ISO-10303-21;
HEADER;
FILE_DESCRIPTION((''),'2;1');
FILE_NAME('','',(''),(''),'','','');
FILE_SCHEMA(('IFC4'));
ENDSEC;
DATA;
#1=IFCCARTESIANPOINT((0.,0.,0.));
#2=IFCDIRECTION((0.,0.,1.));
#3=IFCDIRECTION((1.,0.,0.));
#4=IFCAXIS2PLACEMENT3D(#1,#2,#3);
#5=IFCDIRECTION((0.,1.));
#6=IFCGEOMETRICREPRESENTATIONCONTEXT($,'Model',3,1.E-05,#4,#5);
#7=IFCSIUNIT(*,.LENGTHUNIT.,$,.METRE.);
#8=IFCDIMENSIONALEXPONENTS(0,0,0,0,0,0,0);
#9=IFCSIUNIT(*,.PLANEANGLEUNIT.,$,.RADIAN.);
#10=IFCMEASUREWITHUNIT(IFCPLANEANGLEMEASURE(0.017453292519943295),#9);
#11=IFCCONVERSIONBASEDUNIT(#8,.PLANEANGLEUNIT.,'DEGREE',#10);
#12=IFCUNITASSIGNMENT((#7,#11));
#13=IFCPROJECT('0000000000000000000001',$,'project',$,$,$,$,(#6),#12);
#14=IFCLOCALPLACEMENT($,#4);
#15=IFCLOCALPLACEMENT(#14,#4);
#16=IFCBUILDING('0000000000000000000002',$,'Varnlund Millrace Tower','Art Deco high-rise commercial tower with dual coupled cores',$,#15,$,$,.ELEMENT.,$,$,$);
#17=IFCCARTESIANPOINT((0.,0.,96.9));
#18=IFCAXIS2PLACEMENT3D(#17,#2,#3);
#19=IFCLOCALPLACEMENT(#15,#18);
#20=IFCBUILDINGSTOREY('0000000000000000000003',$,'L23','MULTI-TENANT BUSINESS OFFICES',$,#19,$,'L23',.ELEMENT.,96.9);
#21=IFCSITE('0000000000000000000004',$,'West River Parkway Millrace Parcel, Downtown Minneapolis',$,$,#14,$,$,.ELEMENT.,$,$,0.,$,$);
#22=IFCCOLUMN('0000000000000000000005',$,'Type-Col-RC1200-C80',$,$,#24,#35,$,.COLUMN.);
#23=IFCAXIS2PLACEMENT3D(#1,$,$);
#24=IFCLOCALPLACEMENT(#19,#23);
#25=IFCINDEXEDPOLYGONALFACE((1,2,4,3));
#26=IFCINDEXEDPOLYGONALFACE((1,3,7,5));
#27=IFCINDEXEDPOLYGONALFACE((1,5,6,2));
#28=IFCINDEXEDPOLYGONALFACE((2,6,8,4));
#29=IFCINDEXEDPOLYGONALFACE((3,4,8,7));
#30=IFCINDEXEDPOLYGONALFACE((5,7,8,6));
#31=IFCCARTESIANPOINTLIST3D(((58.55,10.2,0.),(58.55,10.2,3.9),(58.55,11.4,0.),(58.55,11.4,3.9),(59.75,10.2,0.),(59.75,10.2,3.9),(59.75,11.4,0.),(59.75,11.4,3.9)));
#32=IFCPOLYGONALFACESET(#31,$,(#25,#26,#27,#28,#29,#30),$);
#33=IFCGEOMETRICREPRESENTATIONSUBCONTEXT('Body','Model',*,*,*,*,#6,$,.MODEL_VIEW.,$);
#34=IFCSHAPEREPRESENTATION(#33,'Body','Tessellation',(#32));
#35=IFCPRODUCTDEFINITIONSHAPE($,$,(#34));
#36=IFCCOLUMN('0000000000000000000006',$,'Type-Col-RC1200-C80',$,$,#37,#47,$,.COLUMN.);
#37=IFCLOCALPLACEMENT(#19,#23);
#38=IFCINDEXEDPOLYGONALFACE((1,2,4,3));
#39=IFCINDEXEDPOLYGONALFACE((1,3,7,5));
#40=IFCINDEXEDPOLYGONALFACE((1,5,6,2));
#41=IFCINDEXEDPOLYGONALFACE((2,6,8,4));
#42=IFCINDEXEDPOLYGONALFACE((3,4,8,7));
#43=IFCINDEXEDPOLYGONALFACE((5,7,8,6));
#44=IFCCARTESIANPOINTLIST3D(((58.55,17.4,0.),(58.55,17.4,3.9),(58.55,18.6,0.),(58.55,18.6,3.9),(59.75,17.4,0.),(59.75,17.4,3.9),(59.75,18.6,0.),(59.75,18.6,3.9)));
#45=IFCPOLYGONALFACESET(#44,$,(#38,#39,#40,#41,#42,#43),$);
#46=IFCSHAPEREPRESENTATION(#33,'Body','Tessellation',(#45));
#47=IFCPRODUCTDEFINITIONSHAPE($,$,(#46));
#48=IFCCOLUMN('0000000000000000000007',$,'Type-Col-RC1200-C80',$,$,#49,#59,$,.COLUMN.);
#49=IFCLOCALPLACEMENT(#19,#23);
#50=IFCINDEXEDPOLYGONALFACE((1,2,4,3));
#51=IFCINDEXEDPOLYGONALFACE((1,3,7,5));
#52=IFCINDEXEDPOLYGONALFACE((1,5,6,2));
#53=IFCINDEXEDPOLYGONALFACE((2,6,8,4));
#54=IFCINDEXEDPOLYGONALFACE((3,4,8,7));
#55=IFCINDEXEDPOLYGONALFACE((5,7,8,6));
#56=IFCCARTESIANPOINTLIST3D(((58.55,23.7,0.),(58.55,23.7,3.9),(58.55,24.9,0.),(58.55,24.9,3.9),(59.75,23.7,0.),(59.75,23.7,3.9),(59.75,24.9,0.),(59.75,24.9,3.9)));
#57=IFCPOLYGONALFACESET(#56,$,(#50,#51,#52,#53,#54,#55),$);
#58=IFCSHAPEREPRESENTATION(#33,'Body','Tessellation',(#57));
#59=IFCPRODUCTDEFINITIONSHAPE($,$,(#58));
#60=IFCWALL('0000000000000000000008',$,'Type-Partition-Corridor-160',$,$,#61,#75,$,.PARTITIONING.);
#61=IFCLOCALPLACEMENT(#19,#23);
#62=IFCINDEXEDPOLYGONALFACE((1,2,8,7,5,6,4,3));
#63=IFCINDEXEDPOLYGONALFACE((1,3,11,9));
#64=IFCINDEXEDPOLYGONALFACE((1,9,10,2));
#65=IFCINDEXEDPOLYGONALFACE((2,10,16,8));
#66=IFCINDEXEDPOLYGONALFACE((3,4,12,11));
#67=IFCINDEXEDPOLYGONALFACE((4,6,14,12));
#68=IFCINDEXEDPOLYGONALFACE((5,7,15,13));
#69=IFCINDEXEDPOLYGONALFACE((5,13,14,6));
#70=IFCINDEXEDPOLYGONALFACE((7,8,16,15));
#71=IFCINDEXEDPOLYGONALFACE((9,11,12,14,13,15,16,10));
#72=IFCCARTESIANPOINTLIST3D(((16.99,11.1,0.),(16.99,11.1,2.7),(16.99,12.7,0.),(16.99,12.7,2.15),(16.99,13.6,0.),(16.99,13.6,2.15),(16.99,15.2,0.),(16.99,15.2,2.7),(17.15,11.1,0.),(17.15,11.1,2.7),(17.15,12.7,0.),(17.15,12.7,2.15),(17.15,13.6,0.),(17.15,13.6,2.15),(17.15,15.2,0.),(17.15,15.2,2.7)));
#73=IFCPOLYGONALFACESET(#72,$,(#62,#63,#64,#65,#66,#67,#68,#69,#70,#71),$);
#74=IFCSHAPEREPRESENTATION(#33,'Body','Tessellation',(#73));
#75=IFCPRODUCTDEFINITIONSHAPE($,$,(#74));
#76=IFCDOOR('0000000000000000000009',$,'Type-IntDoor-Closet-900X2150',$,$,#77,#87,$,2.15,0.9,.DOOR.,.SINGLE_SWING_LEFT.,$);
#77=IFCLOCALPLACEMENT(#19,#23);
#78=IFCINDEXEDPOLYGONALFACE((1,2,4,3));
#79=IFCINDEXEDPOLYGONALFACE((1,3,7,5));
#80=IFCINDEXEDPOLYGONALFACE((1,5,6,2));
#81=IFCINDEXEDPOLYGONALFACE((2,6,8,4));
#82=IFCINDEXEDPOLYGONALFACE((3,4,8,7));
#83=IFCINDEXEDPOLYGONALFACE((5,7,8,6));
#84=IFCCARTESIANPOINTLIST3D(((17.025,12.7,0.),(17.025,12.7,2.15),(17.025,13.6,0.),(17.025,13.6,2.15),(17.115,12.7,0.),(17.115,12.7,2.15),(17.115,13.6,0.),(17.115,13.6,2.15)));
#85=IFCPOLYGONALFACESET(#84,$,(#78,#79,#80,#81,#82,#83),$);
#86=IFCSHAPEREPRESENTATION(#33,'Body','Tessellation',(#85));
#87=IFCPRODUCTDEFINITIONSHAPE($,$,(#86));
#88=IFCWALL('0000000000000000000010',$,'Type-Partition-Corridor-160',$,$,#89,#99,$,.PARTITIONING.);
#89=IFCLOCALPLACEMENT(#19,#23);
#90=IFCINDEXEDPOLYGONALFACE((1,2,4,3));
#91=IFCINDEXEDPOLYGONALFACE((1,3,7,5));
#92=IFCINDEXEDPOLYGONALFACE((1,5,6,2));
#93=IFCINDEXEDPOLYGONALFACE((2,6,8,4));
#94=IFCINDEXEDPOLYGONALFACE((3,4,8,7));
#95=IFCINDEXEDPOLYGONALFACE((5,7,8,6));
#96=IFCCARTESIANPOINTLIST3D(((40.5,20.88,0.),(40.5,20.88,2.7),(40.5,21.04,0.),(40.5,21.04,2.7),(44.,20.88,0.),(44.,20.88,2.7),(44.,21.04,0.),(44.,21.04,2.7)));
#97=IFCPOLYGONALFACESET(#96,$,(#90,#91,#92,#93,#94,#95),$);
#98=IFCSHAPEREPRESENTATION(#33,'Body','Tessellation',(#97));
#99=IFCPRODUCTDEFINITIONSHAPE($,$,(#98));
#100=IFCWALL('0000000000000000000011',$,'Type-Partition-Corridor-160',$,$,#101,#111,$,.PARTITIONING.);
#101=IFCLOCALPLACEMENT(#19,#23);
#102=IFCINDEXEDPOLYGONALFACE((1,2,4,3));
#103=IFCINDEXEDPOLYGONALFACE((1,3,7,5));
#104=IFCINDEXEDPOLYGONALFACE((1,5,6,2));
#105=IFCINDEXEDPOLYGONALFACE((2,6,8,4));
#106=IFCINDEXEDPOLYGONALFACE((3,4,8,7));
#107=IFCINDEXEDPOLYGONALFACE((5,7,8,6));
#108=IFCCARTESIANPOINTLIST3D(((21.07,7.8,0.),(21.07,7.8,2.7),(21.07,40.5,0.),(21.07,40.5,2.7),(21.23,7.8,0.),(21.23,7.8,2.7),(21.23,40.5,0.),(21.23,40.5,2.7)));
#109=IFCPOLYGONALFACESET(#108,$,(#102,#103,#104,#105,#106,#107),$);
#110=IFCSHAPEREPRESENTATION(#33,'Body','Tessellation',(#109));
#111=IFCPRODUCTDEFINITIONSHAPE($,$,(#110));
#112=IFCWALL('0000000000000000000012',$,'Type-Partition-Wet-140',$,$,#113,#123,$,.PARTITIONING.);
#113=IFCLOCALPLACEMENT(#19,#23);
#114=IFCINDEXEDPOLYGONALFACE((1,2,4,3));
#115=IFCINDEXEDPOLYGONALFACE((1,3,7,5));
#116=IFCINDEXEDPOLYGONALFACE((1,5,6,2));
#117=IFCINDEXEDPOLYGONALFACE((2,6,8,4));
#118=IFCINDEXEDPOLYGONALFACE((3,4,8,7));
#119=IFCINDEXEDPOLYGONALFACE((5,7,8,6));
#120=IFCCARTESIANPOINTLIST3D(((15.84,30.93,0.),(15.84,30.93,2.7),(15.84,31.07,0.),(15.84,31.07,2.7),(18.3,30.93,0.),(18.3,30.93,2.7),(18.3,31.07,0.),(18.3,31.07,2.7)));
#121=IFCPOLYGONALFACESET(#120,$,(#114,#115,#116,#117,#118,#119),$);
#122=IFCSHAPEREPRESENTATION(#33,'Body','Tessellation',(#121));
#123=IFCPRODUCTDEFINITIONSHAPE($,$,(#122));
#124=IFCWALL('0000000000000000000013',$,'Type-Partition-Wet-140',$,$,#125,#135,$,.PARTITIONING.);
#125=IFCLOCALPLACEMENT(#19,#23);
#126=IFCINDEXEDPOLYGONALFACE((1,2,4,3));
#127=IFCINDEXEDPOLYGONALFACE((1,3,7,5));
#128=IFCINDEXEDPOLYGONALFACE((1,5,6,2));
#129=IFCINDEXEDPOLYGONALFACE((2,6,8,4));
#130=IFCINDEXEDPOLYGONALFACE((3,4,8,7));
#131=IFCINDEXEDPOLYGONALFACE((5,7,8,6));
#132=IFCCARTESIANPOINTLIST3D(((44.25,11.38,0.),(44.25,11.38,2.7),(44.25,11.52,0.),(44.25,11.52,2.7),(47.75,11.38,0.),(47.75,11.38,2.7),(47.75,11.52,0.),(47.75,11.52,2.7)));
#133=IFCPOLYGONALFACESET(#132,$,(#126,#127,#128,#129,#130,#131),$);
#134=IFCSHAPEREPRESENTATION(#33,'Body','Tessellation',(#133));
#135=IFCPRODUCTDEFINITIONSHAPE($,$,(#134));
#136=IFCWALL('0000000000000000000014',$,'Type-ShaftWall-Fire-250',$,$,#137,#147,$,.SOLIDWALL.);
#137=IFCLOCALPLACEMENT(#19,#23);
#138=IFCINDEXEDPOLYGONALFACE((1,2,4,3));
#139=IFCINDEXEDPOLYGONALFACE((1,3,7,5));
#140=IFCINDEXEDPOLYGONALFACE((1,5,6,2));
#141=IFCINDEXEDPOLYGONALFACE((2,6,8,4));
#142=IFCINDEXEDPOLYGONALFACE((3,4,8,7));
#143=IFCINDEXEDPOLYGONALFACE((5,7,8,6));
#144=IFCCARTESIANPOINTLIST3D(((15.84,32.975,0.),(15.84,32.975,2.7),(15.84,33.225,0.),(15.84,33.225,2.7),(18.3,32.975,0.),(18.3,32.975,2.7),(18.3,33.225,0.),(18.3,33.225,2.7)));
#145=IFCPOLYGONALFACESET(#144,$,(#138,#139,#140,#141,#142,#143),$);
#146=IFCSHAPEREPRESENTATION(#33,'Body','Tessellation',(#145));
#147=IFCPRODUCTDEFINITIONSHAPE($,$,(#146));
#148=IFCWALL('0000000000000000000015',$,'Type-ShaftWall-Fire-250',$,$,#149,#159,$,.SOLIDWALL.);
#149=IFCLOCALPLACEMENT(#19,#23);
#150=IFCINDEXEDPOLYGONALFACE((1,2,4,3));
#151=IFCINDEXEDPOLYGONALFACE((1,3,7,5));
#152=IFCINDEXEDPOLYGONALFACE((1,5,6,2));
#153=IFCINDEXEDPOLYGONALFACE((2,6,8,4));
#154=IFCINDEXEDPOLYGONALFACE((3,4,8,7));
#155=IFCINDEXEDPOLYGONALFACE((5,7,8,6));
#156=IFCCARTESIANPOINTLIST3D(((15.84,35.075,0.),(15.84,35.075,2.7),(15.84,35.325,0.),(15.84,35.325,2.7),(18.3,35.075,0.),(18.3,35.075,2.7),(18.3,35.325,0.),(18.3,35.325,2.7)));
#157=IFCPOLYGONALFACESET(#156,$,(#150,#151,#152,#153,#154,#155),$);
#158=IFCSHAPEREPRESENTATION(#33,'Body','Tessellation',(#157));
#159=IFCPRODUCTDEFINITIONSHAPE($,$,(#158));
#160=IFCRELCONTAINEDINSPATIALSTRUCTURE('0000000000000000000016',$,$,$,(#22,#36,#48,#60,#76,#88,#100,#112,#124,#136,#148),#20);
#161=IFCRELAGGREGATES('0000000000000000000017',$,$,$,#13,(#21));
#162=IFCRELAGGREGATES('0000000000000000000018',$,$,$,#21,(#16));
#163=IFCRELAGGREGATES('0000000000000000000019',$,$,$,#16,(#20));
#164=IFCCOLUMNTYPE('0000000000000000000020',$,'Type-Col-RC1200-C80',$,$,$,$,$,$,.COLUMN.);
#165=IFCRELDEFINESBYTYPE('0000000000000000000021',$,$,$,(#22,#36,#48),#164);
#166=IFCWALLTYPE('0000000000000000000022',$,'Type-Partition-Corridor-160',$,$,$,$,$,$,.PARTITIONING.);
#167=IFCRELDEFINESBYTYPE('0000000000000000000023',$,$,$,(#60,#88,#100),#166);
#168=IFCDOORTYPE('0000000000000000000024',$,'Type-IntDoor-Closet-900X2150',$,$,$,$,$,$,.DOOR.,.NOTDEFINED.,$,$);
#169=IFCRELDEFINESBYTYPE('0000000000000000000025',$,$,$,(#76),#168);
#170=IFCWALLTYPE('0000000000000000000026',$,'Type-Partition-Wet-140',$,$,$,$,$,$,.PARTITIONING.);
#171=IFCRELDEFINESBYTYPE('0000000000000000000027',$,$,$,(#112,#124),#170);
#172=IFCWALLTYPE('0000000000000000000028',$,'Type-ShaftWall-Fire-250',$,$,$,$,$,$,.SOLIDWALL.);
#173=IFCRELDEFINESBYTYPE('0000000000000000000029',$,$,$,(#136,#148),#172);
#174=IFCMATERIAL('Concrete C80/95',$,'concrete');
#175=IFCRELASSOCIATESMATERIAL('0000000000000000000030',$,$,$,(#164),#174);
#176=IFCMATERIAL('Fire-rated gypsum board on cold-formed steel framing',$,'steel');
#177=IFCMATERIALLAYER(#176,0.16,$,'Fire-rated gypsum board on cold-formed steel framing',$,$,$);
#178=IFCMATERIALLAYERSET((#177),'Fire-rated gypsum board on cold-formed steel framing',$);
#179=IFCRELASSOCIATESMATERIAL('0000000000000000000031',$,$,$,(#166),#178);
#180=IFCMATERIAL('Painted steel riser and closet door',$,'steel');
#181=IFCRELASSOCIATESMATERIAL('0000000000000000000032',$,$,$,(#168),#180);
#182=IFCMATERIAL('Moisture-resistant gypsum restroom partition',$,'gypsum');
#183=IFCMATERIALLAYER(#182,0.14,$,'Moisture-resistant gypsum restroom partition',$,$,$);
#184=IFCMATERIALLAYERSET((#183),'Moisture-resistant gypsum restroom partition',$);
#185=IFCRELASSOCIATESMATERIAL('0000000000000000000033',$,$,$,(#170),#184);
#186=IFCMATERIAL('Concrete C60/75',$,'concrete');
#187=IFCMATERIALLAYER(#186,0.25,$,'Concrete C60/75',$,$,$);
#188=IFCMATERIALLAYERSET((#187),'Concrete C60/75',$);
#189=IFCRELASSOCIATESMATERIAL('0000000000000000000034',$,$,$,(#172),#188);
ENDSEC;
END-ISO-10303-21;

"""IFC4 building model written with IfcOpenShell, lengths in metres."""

from ifc_helpers import new_model, entity, si_unit, converted_unit, direction, frame, origin_with_axes, origin_2d_with_axis, place, context, subcontext, project, spatial, polyline, rectangle, outline, extrude, material, layer, layer_set, material_profile, profile_set, type_object, element, fill, save


model = new_model("IFC4")

# Units and contexts
model_context = context("Model", 3, precision=1e-05, world=origin_with_axes(), true_north=direction((0.0, 1.0)))
body_context = subcontext(model_context, "Body", "Model", "MODEL_VIEW")
ifc_project = project(units=[si_unit("LENGTHUNIT", "METRE"), converted_unit("PLANEANGLEUNIT", "DEGREE", entity("IfcPlaneAngleMeasure", 0.017453292519943295), si_unit("PLANEANGLEUNIT", "RADIAN"), dimensions=[0, 0, 0, 0, 0, 0, 0])], contexts=[model_context])

# Site, building, storey
site_placement = place(None, origin_with_axes())
site = spatial("IfcSite", under=ifc_project, at=site_placement, Name="West River Parkway Millrace Parcel, Downtown Minneapolis", CompositionType="ELEMENT", RefElevation=0.0)
building_placement = place(site_placement, origin_with_axes())
building = spatial("IfcBuilding", under=site, at=building_placement, Name="Varnlund Millrace Tower", Description="Art Deco high-rise commercial tower with dual coupled cores", CompositionType="ELEMENT")
storey_placement = place(building_placement, frame((0.0, 0.0, 96.9), z_axis=(0.0, 0.0, 1.0), x_axis=(1.0, 0.0, 0.0)))
storey = spatial("IfcBuildingStorey", under=building, at=storey_placement, Name="L23", Description="MULTI-TENANT BUSINESS OFFICES", LongName="L23", CompositionType="ELEMENT", Elevation=96.9)

# Columns
ifc_material_1 = material(Name="Concrete C80/95", Category="concrete")
ifc_material_profile = material_profile(ifc_material_1, rectangle(XDim=1.2, YDim=1.2, at=origin_2d_with_axis()), Name="Concrete C80/95")
ifc_profile_set = profile_set([ifc_material_profile], Name="Concrete C80/95")
column_type = type_object("IfcColumnType", Name="Type-Col-RC1200-C80", PredefinedType="COLUMN", material=ifc_profile_set)
for number, where, z_axis, x_axis, name in (
    (1, (59.15, 10.8, 0.0), (0.0, 0.0, 1.0), (1.0, 0.0, 0.0), "Type-Col-RC1200-C80"),
    (2, (59.15, 18.0, 0.0), (0.0, 0.0, 1.0), (1.0, 0.0, 0.0), "Type-Col-RC1200-C80"),
    (3, (59.15, 24.3, 0.0), (0.0, 0.0, 1.0), (1.0, 0.0, 0.0), "Type-Col-RC1200-C80"),
):
    element("IfcColumn", number, at=place(storey_placement, frame(where, z_axis=z_axis, x_axis=x_axis)), inside=storey, type_object=column_type, Name=name, PredefinedType="COLUMN", context=body_context, shape_type="SweptSolid", body=[
        extrude(rectangle(XDim=1.2, YDim=1.2, at=origin_2d_with_axis()), origin_with_axes(), (0.0, 0.0, 1.0), 3.9),
    ])

# Wall, opening, door
ifc_material_2 = material(Name="Fire-rated gypsum board on cold-formed steel framing", Category="steel")
ifc_layer_1 = layer(ifc_material_2, 0.16, Name="Fire-rated gypsum board on cold-formed steel framing")
ifc_layer_set_1 = layer_set([ifc_layer_1], Name="Fire-rated gypsum board on cold-formed steel framing")
wall_type_1 = type_object("IfcWallType", Name="Type-Partition-Corridor-160", PredefinedType="PARTITIONING", material=ifc_layer_set_1)
wall_1_placement = place(storey_placement, frame((17.07, 11.1, 0.0), z_axis=(0.0, 0.0, 1.0), x_axis=(0.0, 1.0, 0.0)))
wall_1 = element("IfcWall", 4, at=wall_1_placement, inside=storey, type_object=wall_type_1, Name="Type-Partition-Corridor-160", PredefinedType="PARTITIONING", context=body_context, shape_type="SweptSolid", body=[
    extrude(outline(polyline([(0.0, -0.08), (4.1, -0.08), (4.1, 0.08), (0.0, 0.08), (0.0, -0.08)])), origin_with_axes(), (0.0, 0.0, 1.0), 2.7),
])
opening_placement = place(wall_1_placement, frame((2.05, 0.0, 0.0), z_axis=(0.0, 0.0, 1.0), x_axis=(1.0, 0.0, 0.0)))
opening = element("IfcOpeningElement", 5, at=opening_placement, cuts=wall_1, PredefinedType="OPENING", context=body_context, shape_type="SweptSolid", body=[
    extrude(rectangle(XDim=0.9, YDim=0.18, at=origin_2d_with_axis()), origin_with_axes(), (0.0, 0.0, 1.0), 2.15),
])
ifc_material_3 = material(Name="Painted steel riser and closet door", Category="steel")
door_type = type_object("IfcDoorType", Name="Type-IntDoor-Closet-900X2150", OperationType="NOTDEFINED", PredefinedType="DOOR", material=ifc_material_3)
door_placement = place(wall_1_placement, frame((2.05, 0.0, 0.0), z_axis=(0.0, 0.0, 1.0), x_axis=(1.0, 0.0, 0.0)))
door = element("IfcDoor", 6, at=door_placement, inside=storey, type_object=door_type, Name="Type-IntDoor-Closet-900X2150", OperationType="SINGLE_SWING_LEFT", OverallHeight=2.15, OverallWidth=0.9, PredefinedType="DOOR", context=body_context, shape_type="SweptSolid", body=[
    extrude(rectangle(XDim=0.9, YDim=0.09, at=origin_2d_with_axis()), origin_with_axes(), (0.0, 0.0, 1.0), 2.15),
])
fill(opening, door)

# Walls
wall_2_placement = place(storey_placement, frame((40.5, 20.96, 0.0), z_axis=(0.0, 0.0, 1.0), x_axis=(1.0, 0.0, 0.0)))
element("IfcWall", 7, at=wall_2_placement, inside=storey, type_object=wall_type_1, Name="Type-Partition-Corridor-160", PredefinedType="PARTITIONING", context=body_context, shape_type="SweptSolid", body=[
    extrude(outline(polyline([(0.0, -0.08), (3.5, -0.08), (3.5, 0.08), (0.0, 0.08), (0.0, -0.08)])), origin_with_axes(), (0.0, 0.0, 1.0), 2.7),
])
wall_3_placement = place(storey_placement, frame((21.15, 7.8, 0.0), z_axis=(0.0, 0.0, 1.0), x_axis=(0.0, 1.0, 0.0)))
element("IfcWall", 8, at=wall_3_placement, inside=storey, type_object=wall_type_1, Name="Type-Partition-Corridor-160", PredefinedType="PARTITIONING", context=body_context, shape_type="SweptSolid", body=[
    extrude(outline(polyline([(0.0, -0.08), (32.7, -0.08), (32.7, 0.08), (0.0, 0.08), (0.0, -0.08)])), origin_with_axes(), (0.0, 0.0, 1.0), 2.7),
])
ifc_material_4 = material(Name="Moisture-resistant gypsum restroom partition", Category="gypsum")
ifc_layer_2 = layer(ifc_material_4, 0.14, Name="Moisture-resistant gypsum restroom partition")
ifc_layer_set_2 = layer_set([ifc_layer_2], Name="Moisture-resistant gypsum restroom partition")
wall_type_2 = type_object("IfcWallType", Name="Type-Partition-Wet-140", PredefinedType="PARTITIONING", material=ifc_layer_set_2)
wall_4_placement = place(storey_placement, frame((15.84, 31.0, 0.0), z_axis=(0.0, 0.0, 1.0), x_axis=(1.0, 0.0, 0.0)))
element("IfcWall", 9, at=wall_4_placement, inside=storey, type_object=wall_type_2, Name="Type-Partition-Wet-140", PredefinedType="PARTITIONING", context=body_context, shape_type="SweptSolid", body=[
    extrude(outline(polyline([(0.0, -0.07), (2.46, -0.07), (2.46, 0.07), (0.0, 0.07), (0.0, -0.07)])), origin_with_axes(), (0.0, 0.0, 1.0), 2.7),
])
wall_5_placement = place(storey_placement, frame((44.25, 11.45, 0.0), z_axis=(0.0, 0.0, 1.0), x_axis=(1.0, 0.0, 0.0)))
element("IfcWall", 10, at=wall_5_placement, inside=storey, type_object=wall_type_2, Name="Type-Partition-Wet-140", PredefinedType="PARTITIONING", context=body_context, shape_type="SweptSolid", body=[
    extrude(outline(polyline([(0.0, -0.07), (3.5, -0.07), (3.5, 0.07), (0.0, 0.07), (0.0, -0.07)])), origin_with_axes(), (0.0, 0.0, 1.0), 2.7),
])
ifc_material_5 = material(Name="Concrete C60/75", Category="concrete")
ifc_layer_3 = layer(ifc_material_5, 0.25, Name="Concrete C60/75")
ifc_layer_set_3 = layer_set([ifc_layer_3], Name="Concrete C60/75")
wall_type_3 = type_object("IfcWallType", Name="Type-ShaftWall-Fire-250", PredefinedType="SOLIDWALL", material=ifc_layer_set_3)
for number, where, z_axis, x_axis, name in (
    (11, (15.84, 33.1, 0.0), (0.0, 0.0, 1.0), (1.0, 0.0, 0.0), "Type-ShaftWall-Fire-250"),
    (12, (15.84, 35.2, 0.0), (0.0, 0.0, 1.0), (1.0, 0.0, 0.0), "Type-ShaftWall-Fire-250"),
):
    element("IfcWall", number, at=place(storey_placement, frame(where, z_axis=z_axis, x_axis=x_axis)), inside=storey, type_object=wall_type_3, Name=name, PredefinedType="SOLIDWALL", context=body_context, shape_type="SweptSolid", body=[
        extrude(outline(polyline([(0.0, -0.125), (2.46, -0.125), (2.46, 0.125), (0.0, 0.125), (0.0, -0.125)])), origin_with_axes(), (0.0, 0.0, 1.0), 2.7),
    ])

save(model, "model.ifc")
